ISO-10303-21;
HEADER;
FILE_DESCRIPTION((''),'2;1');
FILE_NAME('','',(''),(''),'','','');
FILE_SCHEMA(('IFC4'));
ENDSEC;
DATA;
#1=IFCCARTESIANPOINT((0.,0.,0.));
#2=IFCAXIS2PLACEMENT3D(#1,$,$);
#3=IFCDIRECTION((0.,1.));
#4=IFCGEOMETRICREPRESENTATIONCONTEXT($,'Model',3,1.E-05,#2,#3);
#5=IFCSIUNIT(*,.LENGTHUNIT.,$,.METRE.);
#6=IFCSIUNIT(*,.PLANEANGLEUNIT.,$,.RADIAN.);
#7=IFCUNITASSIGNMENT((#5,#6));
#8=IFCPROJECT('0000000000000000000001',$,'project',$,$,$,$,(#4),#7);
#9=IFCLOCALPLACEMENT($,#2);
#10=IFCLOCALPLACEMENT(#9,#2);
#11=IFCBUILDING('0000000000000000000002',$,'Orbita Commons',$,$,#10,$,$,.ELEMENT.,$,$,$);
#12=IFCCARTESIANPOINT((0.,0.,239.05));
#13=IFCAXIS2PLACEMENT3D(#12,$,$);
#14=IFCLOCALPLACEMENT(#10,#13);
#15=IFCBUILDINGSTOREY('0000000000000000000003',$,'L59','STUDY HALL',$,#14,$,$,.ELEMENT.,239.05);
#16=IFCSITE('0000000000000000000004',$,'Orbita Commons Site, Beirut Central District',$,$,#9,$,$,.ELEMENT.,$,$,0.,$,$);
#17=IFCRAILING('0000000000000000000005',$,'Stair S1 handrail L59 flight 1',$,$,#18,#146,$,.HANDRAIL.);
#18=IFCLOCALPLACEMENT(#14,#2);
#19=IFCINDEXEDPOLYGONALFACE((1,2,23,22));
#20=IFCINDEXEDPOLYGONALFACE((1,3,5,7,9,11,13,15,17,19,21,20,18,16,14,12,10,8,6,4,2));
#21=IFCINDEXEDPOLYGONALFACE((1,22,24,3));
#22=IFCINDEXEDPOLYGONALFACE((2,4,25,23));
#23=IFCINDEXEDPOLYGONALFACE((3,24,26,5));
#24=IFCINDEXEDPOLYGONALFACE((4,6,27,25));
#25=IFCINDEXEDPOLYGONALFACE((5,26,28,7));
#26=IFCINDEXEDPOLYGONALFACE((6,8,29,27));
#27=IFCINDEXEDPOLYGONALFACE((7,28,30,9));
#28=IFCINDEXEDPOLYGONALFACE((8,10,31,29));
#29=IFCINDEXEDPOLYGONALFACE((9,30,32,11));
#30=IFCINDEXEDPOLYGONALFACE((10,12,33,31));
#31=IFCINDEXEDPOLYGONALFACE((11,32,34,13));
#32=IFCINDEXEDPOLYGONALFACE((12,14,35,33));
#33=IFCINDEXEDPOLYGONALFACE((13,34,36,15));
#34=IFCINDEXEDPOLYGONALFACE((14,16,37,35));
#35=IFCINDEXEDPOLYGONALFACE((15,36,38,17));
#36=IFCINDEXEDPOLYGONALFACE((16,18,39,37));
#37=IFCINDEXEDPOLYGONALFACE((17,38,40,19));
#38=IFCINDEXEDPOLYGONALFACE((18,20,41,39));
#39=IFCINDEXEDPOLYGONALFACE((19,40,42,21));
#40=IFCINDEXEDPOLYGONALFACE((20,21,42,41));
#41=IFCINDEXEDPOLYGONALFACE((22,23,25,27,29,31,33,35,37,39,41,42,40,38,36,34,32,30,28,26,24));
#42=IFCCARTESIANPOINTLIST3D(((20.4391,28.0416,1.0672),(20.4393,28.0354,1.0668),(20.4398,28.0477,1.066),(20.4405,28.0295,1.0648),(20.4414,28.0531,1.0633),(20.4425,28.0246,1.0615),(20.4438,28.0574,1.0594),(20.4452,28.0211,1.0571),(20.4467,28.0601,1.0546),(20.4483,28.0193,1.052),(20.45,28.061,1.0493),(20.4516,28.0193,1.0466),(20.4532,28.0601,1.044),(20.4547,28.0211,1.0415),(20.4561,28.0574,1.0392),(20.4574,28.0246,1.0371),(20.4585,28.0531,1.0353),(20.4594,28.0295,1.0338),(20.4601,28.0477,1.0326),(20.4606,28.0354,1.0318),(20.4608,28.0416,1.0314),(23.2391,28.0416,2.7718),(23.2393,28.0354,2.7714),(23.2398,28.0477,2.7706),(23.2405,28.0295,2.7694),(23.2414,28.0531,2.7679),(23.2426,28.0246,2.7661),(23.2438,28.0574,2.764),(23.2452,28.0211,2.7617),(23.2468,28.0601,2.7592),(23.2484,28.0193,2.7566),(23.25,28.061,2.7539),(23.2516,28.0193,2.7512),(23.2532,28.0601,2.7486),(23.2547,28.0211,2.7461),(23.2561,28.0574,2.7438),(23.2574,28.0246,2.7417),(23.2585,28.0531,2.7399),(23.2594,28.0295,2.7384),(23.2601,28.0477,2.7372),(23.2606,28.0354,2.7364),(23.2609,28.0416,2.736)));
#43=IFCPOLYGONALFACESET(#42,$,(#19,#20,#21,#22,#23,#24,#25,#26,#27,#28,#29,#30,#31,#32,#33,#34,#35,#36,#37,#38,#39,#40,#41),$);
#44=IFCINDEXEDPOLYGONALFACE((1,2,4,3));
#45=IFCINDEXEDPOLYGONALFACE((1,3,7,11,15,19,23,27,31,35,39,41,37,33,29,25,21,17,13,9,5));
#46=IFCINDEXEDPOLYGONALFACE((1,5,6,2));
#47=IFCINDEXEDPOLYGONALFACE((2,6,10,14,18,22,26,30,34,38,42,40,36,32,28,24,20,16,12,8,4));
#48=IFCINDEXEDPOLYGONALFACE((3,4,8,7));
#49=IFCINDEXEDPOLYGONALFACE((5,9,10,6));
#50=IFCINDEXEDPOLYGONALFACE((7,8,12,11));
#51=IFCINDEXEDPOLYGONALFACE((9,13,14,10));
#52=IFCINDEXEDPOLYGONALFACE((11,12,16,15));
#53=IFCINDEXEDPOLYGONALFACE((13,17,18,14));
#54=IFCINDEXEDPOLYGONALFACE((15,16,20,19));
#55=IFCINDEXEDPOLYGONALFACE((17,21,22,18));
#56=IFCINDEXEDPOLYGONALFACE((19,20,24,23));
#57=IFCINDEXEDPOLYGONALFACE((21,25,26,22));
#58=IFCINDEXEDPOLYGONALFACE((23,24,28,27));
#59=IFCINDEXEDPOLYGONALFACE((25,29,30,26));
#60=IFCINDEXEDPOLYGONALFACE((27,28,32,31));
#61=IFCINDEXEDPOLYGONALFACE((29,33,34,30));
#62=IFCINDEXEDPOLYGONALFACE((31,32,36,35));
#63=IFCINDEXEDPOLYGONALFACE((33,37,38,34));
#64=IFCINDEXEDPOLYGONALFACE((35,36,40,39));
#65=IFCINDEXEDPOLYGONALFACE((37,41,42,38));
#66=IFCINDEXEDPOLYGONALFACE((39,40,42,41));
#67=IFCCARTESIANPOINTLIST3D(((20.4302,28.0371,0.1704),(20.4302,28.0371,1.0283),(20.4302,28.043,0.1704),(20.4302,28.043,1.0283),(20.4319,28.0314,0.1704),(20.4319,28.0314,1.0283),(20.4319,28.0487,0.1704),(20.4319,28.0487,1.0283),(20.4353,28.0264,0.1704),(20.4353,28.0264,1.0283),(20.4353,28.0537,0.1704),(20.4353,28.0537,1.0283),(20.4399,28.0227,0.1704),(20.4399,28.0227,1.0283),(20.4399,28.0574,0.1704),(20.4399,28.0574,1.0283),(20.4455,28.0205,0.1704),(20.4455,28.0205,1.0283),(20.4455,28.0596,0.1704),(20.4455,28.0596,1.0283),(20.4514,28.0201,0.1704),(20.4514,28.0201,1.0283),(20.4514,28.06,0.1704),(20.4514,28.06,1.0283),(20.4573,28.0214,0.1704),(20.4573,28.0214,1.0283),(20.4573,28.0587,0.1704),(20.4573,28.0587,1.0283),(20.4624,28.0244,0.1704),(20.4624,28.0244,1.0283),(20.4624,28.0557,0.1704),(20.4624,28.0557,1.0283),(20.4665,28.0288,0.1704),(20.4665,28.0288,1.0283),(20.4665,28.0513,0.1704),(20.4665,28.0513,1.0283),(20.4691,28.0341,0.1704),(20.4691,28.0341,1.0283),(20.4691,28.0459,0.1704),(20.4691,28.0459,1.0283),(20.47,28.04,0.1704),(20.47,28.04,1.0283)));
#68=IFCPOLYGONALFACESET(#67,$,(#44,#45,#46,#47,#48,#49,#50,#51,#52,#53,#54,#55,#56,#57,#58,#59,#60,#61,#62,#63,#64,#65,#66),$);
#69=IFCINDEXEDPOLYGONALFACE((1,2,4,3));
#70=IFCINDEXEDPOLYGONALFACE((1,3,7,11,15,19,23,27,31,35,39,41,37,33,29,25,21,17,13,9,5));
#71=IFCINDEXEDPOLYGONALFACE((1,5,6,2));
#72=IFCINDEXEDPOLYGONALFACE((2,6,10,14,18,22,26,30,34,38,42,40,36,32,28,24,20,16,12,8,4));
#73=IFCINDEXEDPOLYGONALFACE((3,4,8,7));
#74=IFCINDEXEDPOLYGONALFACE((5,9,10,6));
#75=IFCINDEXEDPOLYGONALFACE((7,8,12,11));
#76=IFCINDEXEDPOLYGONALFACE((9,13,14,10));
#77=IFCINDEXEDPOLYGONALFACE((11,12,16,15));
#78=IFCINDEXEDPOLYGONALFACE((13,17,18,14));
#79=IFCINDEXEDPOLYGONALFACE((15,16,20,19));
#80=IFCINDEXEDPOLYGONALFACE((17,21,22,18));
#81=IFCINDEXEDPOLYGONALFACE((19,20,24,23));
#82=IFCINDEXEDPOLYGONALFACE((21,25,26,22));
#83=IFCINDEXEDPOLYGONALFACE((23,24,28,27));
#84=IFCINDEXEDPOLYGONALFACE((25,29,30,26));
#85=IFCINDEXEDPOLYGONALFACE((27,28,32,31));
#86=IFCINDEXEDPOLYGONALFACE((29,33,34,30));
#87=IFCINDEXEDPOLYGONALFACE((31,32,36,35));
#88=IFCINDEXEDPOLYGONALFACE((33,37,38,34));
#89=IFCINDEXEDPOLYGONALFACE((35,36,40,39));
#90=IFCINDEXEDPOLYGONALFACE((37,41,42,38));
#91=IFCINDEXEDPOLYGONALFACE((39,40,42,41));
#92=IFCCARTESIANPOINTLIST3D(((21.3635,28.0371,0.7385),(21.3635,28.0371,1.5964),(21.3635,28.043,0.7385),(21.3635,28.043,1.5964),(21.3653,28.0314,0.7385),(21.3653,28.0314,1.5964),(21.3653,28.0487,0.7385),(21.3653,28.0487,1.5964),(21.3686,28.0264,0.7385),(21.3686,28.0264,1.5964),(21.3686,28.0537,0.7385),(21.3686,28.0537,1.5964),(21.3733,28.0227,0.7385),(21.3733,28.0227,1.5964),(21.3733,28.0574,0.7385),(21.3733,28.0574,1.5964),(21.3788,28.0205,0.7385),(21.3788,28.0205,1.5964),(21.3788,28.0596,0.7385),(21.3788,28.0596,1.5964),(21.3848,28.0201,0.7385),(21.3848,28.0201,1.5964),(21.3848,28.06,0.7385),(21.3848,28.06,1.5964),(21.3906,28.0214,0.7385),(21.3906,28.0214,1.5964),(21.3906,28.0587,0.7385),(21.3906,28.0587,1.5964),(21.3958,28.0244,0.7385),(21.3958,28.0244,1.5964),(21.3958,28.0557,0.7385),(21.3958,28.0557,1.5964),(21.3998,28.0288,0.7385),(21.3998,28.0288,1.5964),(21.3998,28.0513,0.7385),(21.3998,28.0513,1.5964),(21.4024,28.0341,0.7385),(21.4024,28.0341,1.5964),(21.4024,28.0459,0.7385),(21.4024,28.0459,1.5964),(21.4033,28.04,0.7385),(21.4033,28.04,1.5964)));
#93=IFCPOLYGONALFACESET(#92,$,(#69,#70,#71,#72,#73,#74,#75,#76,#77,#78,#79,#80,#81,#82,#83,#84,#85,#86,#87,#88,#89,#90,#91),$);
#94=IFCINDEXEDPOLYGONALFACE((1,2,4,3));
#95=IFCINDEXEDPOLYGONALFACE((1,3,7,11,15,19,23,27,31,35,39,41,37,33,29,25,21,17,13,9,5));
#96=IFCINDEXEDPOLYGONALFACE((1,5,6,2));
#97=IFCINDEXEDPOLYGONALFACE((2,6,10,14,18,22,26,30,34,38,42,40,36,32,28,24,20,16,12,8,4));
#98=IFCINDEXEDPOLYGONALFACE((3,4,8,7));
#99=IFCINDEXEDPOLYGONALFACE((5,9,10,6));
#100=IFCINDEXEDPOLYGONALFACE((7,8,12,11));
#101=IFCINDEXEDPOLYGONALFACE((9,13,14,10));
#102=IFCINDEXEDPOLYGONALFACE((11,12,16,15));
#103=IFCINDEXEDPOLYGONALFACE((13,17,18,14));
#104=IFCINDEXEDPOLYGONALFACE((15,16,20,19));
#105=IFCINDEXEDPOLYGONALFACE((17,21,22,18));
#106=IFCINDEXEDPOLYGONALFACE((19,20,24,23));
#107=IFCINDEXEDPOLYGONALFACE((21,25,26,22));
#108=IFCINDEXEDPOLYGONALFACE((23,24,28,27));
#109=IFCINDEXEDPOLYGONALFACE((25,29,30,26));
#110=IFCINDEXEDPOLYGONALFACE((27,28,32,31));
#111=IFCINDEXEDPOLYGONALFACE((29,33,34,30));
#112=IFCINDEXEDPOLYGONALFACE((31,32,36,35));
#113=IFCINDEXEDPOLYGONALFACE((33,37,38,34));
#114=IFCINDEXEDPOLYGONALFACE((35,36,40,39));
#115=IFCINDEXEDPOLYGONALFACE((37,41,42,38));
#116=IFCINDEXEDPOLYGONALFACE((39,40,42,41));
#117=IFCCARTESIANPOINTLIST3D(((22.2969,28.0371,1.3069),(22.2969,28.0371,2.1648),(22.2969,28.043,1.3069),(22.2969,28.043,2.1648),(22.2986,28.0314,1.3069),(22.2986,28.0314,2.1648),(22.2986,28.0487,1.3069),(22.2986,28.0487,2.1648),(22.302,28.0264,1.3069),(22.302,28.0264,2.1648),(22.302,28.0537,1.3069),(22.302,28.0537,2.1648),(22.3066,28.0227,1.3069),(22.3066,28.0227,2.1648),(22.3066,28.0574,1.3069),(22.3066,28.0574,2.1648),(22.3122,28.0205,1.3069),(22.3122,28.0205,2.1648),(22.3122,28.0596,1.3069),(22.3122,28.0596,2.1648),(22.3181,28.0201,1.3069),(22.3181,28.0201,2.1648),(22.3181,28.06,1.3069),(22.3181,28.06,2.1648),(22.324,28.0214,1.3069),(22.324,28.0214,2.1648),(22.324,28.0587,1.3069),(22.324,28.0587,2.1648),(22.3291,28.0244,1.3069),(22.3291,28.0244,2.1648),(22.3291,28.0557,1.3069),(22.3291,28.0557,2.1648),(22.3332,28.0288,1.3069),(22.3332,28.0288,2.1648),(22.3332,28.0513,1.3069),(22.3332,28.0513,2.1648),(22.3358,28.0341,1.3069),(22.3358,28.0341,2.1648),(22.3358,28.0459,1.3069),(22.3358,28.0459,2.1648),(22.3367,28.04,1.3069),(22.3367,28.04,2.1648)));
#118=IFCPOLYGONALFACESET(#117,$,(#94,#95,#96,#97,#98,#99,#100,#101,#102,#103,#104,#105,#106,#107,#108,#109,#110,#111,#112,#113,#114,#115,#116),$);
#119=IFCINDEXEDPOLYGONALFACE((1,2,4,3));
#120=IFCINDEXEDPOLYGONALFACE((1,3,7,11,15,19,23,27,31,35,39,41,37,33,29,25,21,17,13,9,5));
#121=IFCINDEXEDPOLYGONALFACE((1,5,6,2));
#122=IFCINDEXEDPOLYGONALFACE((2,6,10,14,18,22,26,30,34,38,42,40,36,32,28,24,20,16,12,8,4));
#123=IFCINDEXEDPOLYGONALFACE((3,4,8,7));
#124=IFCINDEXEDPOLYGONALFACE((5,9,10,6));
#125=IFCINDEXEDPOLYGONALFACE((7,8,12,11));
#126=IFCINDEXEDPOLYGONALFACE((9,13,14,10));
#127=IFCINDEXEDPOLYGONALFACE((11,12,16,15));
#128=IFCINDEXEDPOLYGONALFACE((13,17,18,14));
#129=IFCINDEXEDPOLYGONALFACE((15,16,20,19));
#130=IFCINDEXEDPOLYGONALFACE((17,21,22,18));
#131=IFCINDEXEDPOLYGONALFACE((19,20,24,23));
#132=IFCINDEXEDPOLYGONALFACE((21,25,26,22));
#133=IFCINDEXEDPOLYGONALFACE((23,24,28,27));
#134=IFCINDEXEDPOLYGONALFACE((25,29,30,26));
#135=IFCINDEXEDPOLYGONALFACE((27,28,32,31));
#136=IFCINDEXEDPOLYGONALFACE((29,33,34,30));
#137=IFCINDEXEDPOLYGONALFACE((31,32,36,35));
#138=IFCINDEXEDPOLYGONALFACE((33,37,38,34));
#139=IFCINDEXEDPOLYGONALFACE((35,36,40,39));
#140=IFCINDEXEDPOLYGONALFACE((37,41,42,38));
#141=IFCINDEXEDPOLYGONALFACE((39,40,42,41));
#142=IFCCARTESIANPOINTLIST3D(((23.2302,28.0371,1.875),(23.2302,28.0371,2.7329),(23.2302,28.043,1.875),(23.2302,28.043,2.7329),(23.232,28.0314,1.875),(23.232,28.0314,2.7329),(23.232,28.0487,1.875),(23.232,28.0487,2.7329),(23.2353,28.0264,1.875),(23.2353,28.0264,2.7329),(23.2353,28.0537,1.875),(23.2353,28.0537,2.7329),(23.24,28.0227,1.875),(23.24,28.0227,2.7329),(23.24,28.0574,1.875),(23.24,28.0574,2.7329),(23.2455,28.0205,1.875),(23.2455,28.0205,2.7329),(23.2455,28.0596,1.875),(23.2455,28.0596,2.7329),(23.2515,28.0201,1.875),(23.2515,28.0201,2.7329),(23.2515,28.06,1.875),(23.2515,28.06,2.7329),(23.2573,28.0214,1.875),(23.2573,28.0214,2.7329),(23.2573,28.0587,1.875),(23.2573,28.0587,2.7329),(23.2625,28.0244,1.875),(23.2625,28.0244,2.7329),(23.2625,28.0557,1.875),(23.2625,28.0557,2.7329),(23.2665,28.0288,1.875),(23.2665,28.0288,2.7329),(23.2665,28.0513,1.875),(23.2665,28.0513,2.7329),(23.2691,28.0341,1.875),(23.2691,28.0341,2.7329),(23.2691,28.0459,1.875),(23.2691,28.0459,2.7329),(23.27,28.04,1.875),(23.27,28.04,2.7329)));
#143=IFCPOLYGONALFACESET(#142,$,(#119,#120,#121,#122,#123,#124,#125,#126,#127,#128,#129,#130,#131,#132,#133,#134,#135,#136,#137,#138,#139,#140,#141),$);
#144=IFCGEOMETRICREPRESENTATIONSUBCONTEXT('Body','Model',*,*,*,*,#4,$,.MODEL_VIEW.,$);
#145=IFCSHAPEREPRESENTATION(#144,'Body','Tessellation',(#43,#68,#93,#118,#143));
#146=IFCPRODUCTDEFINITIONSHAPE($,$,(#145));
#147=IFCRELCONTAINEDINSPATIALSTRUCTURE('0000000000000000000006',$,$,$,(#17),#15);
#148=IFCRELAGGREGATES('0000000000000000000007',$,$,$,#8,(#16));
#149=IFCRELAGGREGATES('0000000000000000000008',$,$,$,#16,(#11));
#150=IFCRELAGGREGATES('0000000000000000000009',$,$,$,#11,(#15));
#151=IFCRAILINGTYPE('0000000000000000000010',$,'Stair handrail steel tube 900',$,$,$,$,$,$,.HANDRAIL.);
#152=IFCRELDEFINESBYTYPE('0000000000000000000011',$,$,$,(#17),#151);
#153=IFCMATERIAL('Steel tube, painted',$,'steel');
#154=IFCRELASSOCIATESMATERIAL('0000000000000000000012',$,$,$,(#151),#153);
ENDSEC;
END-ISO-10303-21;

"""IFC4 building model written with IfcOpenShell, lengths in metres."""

from ifc_helpers import new_model, si_unit, direction, frame, origin, origin_2d, place, context, subcontext, project, spatial, circle, extrude, material, type_object, element, save


model = new_model("IFC4")

# Units and contexts
model_context = context("Model", 3, precision=1e-05, world=origin(), true_north=direction((0.0, 1.0)))
body_context = subcontext(model_context, "Body", "Model", "MODEL_VIEW")
ifc_project = project(units=[si_unit("LENGTHUNIT", "METRE"), si_unit("PLANEANGLEUNIT", "RADIAN")], contexts=[model_context])

# Site, building, storey
site_placement = place(None, origin())
site = spatial("IfcSite", under=ifc_project, at=site_placement, Name="Orbita Commons Site, Beirut Central District", CompositionType="ELEMENT", RefElevation=0.0)
building_placement = place(site_placement, origin())
building = spatial("IfcBuilding", under=site, at=building_placement, Name="Orbita Commons", CompositionType="ELEMENT")
storey_placement = place(building_placement, frame((0.0, 0.0, 239.05)))
storey = spatial("IfcBuildingStorey", under=building, at=storey_placement, Name="L59", Description="STUDY HALL", CompositionType="ELEMENT", Elevation=239.05)

# Railing
ifc_material = material(Name="Steel tube, painted", Category="steel")
railing_type = type_object("IfcRailingType", Name="Stair handrail steel tube 900", PredefinedType="HANDRAIL", material=ifc_material)
railing_placement = place(storey_placement, frame((20.45, 28.04, 0.1704)))
element("IfcRailing", 1, at=railing_placement, inside=storey, type_object=railing_type, Name="Stair S1 handrail L59 flight 1", PredefinedType="HANDRAIL", context=body_context, shape_type="SweptSolid", body=[
    extrude(circle(Radius=0.021, at=origin_2d()), frame((0.0, 0.0, 0.8789), z_axis=(0.85417, 0.0, 0.519994), x_axis=(0.0, 1.0, 0.0)), (0.0, 0.0, 1.0), 3.2781),
    extrude(circle(Radius=0.02, at=origin_2d()), origin(), (0.0, 0.0, 1.0), 0.8579),
    extrude(circle(Radius=0.02, at=origin_2d()), frame((0.9333, 0.0, 0.5681)), (0.0, 0.0, 1.0), 0.8579),
    extrude(circle(Radius=0.02, at=origin_2d()), frame((1.8667, 0.0, 1.1365)), (0.0, 0.0, 1.0), 0.8579),
    extrude(circle(Radius=0.02, at=origin_2d()), frame((2.8, 0.0, 1.7046)), (0.0, 0.0, 1.0), 0.8579),
])

save(model, "model.ifc")
